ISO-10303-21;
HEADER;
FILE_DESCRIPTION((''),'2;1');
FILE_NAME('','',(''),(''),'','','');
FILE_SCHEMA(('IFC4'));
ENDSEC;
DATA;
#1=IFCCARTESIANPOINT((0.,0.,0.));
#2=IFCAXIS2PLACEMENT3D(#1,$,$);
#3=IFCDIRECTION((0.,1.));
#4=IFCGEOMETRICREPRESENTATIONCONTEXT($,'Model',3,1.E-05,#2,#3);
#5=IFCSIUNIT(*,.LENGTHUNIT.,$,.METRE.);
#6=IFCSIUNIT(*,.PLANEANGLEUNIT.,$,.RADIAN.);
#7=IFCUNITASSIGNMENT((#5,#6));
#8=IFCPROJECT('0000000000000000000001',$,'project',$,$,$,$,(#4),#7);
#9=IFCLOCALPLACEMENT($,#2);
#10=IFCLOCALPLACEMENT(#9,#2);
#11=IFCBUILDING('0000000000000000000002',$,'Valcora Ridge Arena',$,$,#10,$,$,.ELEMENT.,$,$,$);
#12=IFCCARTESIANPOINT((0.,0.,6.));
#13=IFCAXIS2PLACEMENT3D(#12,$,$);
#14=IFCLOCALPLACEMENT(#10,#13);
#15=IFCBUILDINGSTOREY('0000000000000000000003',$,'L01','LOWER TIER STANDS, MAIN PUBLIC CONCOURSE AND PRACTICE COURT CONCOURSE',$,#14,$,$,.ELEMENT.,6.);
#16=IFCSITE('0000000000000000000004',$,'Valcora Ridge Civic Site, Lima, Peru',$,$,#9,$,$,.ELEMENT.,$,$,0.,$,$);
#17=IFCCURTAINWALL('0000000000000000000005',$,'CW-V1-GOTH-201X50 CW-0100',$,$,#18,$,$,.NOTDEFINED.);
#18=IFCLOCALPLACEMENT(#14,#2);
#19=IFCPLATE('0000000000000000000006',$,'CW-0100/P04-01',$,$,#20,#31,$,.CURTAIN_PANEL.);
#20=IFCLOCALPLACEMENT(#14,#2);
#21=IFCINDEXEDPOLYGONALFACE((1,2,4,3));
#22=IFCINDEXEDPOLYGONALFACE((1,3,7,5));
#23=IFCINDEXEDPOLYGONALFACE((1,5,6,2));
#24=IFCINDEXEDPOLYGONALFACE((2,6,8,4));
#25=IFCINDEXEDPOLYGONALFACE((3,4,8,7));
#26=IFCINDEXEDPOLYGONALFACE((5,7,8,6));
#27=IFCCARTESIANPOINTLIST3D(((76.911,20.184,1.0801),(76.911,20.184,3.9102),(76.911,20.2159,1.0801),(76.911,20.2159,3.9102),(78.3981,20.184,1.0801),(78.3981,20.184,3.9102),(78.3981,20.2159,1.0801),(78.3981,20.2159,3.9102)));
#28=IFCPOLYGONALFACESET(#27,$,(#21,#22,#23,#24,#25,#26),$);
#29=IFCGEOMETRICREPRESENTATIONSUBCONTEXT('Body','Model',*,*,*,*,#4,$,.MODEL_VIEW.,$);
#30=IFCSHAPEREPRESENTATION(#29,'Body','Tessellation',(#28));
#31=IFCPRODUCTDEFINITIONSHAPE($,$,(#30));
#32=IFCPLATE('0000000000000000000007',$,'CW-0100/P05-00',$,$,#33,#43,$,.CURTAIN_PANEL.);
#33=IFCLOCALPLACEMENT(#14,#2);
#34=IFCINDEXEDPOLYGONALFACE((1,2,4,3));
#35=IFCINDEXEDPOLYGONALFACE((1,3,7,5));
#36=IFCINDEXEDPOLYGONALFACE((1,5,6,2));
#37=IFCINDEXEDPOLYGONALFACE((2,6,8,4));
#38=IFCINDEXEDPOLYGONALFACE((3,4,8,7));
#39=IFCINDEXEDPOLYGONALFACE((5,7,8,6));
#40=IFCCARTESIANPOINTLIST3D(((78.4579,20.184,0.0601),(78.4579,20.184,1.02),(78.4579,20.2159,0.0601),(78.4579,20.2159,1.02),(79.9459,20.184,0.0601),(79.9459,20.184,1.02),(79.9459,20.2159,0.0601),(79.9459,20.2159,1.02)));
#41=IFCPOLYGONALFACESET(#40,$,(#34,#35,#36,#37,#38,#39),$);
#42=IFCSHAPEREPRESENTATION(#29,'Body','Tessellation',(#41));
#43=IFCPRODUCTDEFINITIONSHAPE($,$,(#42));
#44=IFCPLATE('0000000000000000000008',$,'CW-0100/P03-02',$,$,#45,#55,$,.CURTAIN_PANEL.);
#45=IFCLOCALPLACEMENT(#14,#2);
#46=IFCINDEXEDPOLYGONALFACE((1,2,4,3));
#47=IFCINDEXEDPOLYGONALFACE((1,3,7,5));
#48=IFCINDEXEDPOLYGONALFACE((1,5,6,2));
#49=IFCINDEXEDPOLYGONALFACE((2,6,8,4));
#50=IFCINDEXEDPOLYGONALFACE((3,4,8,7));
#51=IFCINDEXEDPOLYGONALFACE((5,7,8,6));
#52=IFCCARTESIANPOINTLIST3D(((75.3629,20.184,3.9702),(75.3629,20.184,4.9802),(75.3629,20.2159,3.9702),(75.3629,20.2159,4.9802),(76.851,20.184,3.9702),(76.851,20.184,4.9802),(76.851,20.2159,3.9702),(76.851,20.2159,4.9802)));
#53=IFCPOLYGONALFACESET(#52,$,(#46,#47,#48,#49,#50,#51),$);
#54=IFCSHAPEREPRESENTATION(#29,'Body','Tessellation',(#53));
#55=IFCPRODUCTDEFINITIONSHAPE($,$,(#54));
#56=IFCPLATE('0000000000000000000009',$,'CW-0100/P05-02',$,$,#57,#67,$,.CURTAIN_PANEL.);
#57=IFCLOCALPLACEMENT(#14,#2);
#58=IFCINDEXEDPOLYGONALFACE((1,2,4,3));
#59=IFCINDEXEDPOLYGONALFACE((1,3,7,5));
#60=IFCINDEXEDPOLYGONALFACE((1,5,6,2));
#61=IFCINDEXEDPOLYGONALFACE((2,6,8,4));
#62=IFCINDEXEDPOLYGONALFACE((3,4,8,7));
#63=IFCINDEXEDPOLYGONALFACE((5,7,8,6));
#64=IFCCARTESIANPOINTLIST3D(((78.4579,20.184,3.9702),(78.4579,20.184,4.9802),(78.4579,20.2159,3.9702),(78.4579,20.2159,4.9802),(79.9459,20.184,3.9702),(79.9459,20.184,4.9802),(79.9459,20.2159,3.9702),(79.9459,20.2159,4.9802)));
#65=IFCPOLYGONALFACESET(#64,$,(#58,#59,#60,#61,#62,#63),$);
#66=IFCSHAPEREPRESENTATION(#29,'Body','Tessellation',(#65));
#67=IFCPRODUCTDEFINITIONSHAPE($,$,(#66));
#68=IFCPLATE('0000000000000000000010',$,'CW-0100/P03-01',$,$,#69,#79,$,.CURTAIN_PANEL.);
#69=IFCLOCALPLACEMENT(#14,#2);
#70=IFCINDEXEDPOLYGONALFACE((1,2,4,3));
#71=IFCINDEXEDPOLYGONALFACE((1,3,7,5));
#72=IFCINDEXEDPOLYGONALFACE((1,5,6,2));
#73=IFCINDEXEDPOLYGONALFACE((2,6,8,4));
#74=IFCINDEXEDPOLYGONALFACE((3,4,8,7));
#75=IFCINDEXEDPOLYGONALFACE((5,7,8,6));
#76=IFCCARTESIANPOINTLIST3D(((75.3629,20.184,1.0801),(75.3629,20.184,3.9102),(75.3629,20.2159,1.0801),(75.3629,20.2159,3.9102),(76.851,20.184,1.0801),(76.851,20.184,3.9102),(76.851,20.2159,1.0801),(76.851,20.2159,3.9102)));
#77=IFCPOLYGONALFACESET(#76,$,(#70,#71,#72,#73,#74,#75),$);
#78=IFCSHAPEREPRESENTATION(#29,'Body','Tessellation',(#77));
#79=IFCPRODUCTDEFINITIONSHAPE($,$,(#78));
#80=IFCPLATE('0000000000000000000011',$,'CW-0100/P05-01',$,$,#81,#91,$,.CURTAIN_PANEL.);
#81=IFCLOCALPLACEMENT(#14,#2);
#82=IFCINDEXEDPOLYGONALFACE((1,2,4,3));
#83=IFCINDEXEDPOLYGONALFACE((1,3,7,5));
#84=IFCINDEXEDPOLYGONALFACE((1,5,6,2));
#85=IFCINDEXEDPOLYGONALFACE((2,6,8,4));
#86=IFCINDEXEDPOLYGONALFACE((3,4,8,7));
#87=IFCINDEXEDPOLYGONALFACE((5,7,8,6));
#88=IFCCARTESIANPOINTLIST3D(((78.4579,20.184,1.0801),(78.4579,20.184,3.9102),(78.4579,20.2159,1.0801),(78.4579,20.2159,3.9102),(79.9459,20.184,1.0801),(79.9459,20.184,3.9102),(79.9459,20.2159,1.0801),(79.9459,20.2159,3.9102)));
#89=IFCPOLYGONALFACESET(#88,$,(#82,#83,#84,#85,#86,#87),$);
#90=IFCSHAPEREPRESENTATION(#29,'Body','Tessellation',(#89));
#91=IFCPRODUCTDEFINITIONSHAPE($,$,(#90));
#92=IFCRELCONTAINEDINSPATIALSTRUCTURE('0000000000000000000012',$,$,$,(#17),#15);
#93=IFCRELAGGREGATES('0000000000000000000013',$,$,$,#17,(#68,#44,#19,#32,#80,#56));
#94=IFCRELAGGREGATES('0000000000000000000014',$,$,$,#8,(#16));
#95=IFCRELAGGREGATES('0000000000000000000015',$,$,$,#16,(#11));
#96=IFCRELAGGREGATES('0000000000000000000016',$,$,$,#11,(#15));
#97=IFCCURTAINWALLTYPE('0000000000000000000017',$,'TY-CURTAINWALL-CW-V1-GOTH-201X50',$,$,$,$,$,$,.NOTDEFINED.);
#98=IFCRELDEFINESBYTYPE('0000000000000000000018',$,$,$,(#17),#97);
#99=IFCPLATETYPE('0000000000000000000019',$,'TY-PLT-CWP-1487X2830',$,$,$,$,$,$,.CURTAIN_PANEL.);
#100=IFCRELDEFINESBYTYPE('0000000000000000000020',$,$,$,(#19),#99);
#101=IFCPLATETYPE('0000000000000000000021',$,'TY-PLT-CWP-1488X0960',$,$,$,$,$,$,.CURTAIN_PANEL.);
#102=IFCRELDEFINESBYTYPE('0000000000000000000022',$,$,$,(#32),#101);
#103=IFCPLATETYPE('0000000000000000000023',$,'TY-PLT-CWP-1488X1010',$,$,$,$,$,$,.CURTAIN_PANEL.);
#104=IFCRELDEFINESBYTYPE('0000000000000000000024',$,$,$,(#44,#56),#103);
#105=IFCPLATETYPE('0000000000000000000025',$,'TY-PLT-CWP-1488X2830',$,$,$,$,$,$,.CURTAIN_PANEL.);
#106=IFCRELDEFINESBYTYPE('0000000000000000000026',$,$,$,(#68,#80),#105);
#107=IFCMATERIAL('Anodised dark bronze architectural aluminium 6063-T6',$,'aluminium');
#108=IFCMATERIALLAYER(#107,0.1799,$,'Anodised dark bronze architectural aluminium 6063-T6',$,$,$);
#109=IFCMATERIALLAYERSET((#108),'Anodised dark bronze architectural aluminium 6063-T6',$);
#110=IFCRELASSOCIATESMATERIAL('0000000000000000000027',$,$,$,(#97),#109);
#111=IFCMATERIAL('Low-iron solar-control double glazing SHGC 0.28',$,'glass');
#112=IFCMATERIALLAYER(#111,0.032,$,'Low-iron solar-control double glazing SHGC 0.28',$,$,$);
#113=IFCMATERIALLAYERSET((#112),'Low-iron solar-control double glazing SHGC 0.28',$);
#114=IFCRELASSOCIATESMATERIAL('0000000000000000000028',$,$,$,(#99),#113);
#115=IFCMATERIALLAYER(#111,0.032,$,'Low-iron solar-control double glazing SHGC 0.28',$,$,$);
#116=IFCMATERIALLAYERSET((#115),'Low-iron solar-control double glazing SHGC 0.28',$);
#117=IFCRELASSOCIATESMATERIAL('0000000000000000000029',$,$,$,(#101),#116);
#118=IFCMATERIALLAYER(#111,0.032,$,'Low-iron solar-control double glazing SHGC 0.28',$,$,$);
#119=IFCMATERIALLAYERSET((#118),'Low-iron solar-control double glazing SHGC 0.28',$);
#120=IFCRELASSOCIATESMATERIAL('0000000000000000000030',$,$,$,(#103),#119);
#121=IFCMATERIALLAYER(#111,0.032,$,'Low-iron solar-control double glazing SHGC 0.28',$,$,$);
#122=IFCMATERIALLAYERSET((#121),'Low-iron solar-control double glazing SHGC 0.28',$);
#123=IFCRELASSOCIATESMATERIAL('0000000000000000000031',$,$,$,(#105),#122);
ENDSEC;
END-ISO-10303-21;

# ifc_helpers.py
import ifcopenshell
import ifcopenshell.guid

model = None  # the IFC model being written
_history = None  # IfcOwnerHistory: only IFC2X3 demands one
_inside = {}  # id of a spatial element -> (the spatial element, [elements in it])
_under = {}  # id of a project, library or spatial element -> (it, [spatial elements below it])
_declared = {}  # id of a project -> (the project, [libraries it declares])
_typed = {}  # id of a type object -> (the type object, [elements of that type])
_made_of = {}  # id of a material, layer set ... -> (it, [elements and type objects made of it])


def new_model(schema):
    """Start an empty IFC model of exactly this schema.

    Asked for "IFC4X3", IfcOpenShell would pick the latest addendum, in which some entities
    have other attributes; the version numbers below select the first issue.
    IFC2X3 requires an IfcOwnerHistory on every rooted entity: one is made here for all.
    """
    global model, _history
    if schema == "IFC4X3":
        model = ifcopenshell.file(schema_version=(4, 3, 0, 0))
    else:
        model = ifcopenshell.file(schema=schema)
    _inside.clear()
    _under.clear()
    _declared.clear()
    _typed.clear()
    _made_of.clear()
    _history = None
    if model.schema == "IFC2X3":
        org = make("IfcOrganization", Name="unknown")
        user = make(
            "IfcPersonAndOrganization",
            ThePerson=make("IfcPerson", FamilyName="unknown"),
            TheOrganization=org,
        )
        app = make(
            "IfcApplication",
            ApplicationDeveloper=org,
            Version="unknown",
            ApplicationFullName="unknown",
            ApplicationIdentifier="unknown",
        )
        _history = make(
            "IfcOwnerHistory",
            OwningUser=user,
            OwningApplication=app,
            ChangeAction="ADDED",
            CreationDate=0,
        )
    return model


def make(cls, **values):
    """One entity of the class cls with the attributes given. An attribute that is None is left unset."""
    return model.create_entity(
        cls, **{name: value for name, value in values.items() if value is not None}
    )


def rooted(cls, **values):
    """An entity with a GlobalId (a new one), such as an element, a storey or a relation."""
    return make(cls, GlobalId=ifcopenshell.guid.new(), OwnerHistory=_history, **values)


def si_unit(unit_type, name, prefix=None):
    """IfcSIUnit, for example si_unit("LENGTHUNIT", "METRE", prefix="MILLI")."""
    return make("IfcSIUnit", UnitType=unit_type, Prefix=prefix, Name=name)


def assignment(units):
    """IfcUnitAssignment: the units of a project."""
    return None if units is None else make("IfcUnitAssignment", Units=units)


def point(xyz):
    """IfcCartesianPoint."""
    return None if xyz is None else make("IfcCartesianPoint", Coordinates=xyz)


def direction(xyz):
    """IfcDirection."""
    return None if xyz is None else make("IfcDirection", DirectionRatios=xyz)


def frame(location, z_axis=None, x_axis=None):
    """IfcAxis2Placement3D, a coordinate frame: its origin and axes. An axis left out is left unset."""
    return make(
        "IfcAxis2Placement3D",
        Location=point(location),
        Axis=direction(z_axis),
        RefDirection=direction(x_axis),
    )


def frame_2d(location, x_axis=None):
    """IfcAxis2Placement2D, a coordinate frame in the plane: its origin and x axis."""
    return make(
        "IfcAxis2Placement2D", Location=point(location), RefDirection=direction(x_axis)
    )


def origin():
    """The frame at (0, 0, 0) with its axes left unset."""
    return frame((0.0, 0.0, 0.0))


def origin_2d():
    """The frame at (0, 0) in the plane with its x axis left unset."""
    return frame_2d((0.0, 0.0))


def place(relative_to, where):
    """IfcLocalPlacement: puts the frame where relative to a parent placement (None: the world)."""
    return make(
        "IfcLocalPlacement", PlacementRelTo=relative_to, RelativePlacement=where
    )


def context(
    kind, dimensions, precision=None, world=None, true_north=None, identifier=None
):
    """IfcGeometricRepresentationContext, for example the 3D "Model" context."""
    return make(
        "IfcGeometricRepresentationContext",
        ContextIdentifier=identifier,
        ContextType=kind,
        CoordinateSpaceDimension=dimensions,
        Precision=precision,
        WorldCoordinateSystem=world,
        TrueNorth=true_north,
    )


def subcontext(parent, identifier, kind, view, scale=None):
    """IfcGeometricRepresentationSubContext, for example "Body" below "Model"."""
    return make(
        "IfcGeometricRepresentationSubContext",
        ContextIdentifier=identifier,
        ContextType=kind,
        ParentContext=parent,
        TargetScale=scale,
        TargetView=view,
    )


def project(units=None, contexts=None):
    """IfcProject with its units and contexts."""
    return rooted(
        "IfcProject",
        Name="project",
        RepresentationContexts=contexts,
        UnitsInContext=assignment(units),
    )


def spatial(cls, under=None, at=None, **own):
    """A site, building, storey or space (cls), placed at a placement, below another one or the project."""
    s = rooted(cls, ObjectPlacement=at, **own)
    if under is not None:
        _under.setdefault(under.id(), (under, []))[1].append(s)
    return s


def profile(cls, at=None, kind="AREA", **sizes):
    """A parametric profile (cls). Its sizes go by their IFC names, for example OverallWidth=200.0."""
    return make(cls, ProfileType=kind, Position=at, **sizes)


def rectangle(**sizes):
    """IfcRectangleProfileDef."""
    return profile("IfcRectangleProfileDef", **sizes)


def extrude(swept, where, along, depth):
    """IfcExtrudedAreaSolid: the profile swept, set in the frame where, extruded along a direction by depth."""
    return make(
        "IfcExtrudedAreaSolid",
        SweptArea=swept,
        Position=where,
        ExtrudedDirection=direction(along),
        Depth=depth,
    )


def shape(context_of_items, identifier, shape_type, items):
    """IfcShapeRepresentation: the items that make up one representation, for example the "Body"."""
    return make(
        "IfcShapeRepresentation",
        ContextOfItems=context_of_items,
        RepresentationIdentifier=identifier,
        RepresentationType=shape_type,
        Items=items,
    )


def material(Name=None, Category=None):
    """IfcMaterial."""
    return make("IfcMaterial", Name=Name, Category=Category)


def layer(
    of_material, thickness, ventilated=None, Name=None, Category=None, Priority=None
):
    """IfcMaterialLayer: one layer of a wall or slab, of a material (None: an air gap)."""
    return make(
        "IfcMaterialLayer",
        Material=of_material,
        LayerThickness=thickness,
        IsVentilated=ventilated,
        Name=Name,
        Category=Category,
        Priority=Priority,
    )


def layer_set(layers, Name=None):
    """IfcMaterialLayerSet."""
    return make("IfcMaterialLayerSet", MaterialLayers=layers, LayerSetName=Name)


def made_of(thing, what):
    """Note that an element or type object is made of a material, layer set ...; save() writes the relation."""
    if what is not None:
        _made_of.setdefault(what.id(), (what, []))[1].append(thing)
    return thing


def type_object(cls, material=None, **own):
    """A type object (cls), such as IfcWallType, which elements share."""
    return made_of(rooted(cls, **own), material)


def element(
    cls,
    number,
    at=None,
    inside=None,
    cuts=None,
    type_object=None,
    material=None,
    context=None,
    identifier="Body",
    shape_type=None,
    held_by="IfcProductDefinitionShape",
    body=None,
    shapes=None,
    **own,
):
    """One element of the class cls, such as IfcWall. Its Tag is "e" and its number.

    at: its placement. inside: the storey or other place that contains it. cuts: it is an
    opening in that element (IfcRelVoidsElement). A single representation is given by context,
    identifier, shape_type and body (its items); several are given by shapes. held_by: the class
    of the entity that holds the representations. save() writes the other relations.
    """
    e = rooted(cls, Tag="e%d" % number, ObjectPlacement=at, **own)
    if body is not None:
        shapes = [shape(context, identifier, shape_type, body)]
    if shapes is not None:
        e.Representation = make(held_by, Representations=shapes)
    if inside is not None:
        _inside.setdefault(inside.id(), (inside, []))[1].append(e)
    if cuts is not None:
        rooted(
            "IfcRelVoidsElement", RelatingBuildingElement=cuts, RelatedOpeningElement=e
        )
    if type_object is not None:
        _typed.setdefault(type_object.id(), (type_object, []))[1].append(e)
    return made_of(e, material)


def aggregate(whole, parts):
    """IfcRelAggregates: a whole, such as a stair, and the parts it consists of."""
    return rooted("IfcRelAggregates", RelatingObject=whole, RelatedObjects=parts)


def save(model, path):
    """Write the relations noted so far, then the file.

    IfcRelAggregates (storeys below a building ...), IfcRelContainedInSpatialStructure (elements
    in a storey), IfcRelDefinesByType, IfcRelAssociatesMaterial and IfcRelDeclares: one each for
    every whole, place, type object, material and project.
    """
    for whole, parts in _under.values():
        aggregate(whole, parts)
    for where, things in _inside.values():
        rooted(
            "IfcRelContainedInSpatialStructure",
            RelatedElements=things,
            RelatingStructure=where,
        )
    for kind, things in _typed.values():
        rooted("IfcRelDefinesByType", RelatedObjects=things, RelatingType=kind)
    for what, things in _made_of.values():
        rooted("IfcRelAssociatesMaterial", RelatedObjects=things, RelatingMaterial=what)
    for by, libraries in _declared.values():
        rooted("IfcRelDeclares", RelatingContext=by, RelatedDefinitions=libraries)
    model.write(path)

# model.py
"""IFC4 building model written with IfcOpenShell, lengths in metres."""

from ifc_helpers import new_model, si_unit, direction, frame, origin, origin_2d, place, context, subcontext, project, spatial, rectangle, extrude, material, layer, layer_set, type_object, element, aggregate, save


model = new_model("IFC4")

# Units and contexts
model_context = context("Model", 3, precision=1e-05, world=origin(), true_north=direction((0.0, 1.0)))
body_context = subcontext(model_context, "Body", "Model", "MODEL_VIEW")
ifc_project = project(units=[si_unit("LENGTHUNIT", "METRE"), si_unit("PLANEANGLEUNIT", "RADIAN")], contexts=[model_context])

# Site, building, storey
site_placement = place(None, origin())
site = spatial("IfcSite", under=ifc_project, at=site_placement, Name="Valcora Ridge Civic Site, Lima, Peru", CompositionType="ELEMENT", RefElevation=0.0)
building_placement = place(site_placement, origin())
building = spatial("IfcBuilding", under=site, at=building_placement, Name="Valcora Ridge Arena", CompositionType="ELEMENT")
storey_placement = place(building_placement, frame((0.0, 0.0, 6.0)))
storey = spatial("IfcBuildingStorey", under=building, at=storey_placement, Name="L01", Description="LOWER TIER STANDS, MAIN PUBLIC CONCOURSE AND PRACTICE COURT CONCOURSE", CompositionType="ELEMENT", Elevation=6.0)

# Curtain wall, plates
ifc_material_1 = material(Name="Anodised dark bronze architectural aluminium 6063-T6", Category="aluminium")
ifc_layer_1 = layer(ifc_material_1, 0.1799, Name="Anodised dark bronze architectural aluminium 6063-T6")
ifc_layer_set_1 = layer_set([ifc_layer_1], Name="Anodised dark bronze architectural aluminium 6063-T6")
curtain_wall_type = type_object("IfcCurtainWallType", Name="TY-CURTAINWALL-CW-V1-GOTH-201X50", PredefinedType="NOTDEFINED", material=ifc_layer_set_1)
curtain_wall_placement = place(storey_placement, origin())
curtain_wall = element("IfcCurtainWall", 1, at=curtain_wall_placement, inside=storey, type_object=curtain_wall_type, Name="CW-V1-GOTH-201X50 CW-0100", PredefinedType="NOTDEFINED")
ifc_material_2 = material(Name="Low-iron solar-control double glazing SHGC 0.28", Category="glass")
ifc_layer_2 = layer(ifc_material_2, 0.032, Name="Low-iron solar-control double glazing SHGC 0.28")
ifc_layer_set_2 = layer_set([ifc_layer_2], Name="Low-iron solar-control double glazing SHGC 0.28")
plate_type_1 = type_object("IfcPlateType", Name="TY-PLT-CWP-1487X2830", PredefinedType="CURTAIN_PANEL", material=ifc_layer_set_2)
plate_1_placement = place(storey_placement, frame((77.6545, 20.2, 1.0801), z_axis=(0.0, 0.0, 1.0), x_axis=(1.0, 0.0, 0.0)))
plate_1 = element("IfcPlate", 2, at=plate_1_placement, type_object=plate_type_1, Name="CW-0100/P04-01", PredefinedType="CURTAIN_PANEL", context=body_context, shape_type="SweptSolid", body=[
    extrude(rectangle(XDim=1.4871, YDim=0.032, at=origin_2d()), origin(), (0.0, 0.0, 1.0), 2.8301),
])
ifc_layer_3 = layer(ifc_material_2, 0.032, Name="Low-iron solar-control double glazing SHGC 0.28")
ifc_layer_set_3 = layer_set([ifc_layer_3], Name="Low-iron solar-control double glazing SHGC 0.28")
plate_type_2 = type_object("IfcPlateType", Name="TY-PLT-CWP-1488X0960", PredefinedType="CURTAIN_PANEL", material=ifc_layer_set_3)
plate_2_placement = place(storey_placement, frame((79.2019, 20.2, 0.0601), z_axis=(0.0, 0.0, 1.0), x_axis=(1.0, 0.0, 0.0)))
plate_2 = element("IfcPlate", 3, at=plate_2_placement, type_object=plate_type_2, Name="CW-0100/P05-00", PredefinedType="CURTAIN_PANEL", context=body_context, shape_type="SweptSolid", body=[
    extrude(rectangle(XDim=1.488, YDim=0.032, at=origin_2d()), origin(), (0.0, 0.0, 1.0), 0.96),
])
ifc_layer_4 = layer(ifc_material_2, 0.032, Name="Low-iron solar-control double glazing SHGC 0.28")
ifc_layer_set_4 = layer_set([ifc_layer_4], Name="Low-iron solar-control double glazing SHGC 0.28")
plate_type_3 = type_object("IfcPlateType", Name="TY-PLT-CWP-1488X1010", PredefinedType="CURTAIN_PANEL", material=ifc_layer_set_4)
plate_3_placement = place(storey_placement, frame((76.1069, 20.2, 3.9702), z_axis=(0.0, 0.0, 1.0), x_axis=(1.0, 0.0, 0.0)))
plate_3 = element("IfcPlate", 4, at=plate_3_placement, type_object=plate_type_3, Name="CW-0100/P03-02", PredefinedType="CURTAIN_PANEL", context=body_context, shape_type="SweptSolid", body=[
    extrude(rectangle(XDim=1.488, YDim=0.032, at=origin_2d()), origin(), (0.0, 0.0, 1.0), 1.01),
])
plate_4_placement = place(storey_placement, frame((79.2019, 20.2, 3.9702), z_axis=(0.0, 0.0, 1.0), x_axis=(1.0, 0.0, 0.0)))
plate_4 = element("IfcPlate", 5, at=plate_4_placement, type_object=plate_type_3, Name="CW-0100/P05-02", PredefinedType="CURTAIN_PANEL", context=body_context, shape_type="SweptSolid", body=[
    extrude(rectangle(XDim=1.488, YDim=0.032, at=origin_2d()), origin(), (0.0, 0.0, 1.0), 1.01),
])
ifc_layer_5 = layer(ifc_material_2, 0.032, Name="Low-iron solar-control double glazing SHGC 0.28")
ifc_layer_set_5 = layer_set([ifc_layer_5], Name="Low-iron solar-control double glazing SHGC 0.28")
plate_type_4 = type_object("IfcPlateType", Name="TY-PLT-CWP-1488X2830", PredefinedType="CURTAIN_PANEL", material=ifc_layer_set_5)
plate_5_placement = place(storey_placement, frame((76.1069, 20.2, 1.0801), z_axis=(0.0, 0.0, 1.0), x_axis=(1.0, 0.0, 0.0)))
plate_5 = element("IfcPlate", 6, at=plate_5_placement, type_object=plate_type_4, Name="CW-0100/P03-01", PredefinedType="CURTAIN_PANEL", context=body_context, shape_type="SweptSolid", body=[
    extrude(rectangle(XDim=1.488, YDim=0.032, at=origin_2d()), origin(), (0.0, 0.0, 1.0), 2.8301),
])
plate_6_placement = place(storey_placement, frame((79.2019, 20.2, 1.0801), z_axis=(0.0, 0.0, 1.0), x_axis=(1.0, 0.0, 0.0)))
plate_6 = element("IfcPlate", 7, at=plate_6_placement, type_object=plate_type_4, Name="CW-0100/P05-01", PredefinedType="CURTAIN_PANEL", context=body_context, shape_type="SweptSolid", body=[
    extrude(rectangle(XDim=1.488, YDim=0.032, at=origin_2d()), origin(), (0.0, 0.0, 1.0), 2.8301),
])
aggregate(curtain_wall, [plate_5, plate_3, plate_1, plate_2, plate_6, plate_4])

save(model, "model.ifc")
